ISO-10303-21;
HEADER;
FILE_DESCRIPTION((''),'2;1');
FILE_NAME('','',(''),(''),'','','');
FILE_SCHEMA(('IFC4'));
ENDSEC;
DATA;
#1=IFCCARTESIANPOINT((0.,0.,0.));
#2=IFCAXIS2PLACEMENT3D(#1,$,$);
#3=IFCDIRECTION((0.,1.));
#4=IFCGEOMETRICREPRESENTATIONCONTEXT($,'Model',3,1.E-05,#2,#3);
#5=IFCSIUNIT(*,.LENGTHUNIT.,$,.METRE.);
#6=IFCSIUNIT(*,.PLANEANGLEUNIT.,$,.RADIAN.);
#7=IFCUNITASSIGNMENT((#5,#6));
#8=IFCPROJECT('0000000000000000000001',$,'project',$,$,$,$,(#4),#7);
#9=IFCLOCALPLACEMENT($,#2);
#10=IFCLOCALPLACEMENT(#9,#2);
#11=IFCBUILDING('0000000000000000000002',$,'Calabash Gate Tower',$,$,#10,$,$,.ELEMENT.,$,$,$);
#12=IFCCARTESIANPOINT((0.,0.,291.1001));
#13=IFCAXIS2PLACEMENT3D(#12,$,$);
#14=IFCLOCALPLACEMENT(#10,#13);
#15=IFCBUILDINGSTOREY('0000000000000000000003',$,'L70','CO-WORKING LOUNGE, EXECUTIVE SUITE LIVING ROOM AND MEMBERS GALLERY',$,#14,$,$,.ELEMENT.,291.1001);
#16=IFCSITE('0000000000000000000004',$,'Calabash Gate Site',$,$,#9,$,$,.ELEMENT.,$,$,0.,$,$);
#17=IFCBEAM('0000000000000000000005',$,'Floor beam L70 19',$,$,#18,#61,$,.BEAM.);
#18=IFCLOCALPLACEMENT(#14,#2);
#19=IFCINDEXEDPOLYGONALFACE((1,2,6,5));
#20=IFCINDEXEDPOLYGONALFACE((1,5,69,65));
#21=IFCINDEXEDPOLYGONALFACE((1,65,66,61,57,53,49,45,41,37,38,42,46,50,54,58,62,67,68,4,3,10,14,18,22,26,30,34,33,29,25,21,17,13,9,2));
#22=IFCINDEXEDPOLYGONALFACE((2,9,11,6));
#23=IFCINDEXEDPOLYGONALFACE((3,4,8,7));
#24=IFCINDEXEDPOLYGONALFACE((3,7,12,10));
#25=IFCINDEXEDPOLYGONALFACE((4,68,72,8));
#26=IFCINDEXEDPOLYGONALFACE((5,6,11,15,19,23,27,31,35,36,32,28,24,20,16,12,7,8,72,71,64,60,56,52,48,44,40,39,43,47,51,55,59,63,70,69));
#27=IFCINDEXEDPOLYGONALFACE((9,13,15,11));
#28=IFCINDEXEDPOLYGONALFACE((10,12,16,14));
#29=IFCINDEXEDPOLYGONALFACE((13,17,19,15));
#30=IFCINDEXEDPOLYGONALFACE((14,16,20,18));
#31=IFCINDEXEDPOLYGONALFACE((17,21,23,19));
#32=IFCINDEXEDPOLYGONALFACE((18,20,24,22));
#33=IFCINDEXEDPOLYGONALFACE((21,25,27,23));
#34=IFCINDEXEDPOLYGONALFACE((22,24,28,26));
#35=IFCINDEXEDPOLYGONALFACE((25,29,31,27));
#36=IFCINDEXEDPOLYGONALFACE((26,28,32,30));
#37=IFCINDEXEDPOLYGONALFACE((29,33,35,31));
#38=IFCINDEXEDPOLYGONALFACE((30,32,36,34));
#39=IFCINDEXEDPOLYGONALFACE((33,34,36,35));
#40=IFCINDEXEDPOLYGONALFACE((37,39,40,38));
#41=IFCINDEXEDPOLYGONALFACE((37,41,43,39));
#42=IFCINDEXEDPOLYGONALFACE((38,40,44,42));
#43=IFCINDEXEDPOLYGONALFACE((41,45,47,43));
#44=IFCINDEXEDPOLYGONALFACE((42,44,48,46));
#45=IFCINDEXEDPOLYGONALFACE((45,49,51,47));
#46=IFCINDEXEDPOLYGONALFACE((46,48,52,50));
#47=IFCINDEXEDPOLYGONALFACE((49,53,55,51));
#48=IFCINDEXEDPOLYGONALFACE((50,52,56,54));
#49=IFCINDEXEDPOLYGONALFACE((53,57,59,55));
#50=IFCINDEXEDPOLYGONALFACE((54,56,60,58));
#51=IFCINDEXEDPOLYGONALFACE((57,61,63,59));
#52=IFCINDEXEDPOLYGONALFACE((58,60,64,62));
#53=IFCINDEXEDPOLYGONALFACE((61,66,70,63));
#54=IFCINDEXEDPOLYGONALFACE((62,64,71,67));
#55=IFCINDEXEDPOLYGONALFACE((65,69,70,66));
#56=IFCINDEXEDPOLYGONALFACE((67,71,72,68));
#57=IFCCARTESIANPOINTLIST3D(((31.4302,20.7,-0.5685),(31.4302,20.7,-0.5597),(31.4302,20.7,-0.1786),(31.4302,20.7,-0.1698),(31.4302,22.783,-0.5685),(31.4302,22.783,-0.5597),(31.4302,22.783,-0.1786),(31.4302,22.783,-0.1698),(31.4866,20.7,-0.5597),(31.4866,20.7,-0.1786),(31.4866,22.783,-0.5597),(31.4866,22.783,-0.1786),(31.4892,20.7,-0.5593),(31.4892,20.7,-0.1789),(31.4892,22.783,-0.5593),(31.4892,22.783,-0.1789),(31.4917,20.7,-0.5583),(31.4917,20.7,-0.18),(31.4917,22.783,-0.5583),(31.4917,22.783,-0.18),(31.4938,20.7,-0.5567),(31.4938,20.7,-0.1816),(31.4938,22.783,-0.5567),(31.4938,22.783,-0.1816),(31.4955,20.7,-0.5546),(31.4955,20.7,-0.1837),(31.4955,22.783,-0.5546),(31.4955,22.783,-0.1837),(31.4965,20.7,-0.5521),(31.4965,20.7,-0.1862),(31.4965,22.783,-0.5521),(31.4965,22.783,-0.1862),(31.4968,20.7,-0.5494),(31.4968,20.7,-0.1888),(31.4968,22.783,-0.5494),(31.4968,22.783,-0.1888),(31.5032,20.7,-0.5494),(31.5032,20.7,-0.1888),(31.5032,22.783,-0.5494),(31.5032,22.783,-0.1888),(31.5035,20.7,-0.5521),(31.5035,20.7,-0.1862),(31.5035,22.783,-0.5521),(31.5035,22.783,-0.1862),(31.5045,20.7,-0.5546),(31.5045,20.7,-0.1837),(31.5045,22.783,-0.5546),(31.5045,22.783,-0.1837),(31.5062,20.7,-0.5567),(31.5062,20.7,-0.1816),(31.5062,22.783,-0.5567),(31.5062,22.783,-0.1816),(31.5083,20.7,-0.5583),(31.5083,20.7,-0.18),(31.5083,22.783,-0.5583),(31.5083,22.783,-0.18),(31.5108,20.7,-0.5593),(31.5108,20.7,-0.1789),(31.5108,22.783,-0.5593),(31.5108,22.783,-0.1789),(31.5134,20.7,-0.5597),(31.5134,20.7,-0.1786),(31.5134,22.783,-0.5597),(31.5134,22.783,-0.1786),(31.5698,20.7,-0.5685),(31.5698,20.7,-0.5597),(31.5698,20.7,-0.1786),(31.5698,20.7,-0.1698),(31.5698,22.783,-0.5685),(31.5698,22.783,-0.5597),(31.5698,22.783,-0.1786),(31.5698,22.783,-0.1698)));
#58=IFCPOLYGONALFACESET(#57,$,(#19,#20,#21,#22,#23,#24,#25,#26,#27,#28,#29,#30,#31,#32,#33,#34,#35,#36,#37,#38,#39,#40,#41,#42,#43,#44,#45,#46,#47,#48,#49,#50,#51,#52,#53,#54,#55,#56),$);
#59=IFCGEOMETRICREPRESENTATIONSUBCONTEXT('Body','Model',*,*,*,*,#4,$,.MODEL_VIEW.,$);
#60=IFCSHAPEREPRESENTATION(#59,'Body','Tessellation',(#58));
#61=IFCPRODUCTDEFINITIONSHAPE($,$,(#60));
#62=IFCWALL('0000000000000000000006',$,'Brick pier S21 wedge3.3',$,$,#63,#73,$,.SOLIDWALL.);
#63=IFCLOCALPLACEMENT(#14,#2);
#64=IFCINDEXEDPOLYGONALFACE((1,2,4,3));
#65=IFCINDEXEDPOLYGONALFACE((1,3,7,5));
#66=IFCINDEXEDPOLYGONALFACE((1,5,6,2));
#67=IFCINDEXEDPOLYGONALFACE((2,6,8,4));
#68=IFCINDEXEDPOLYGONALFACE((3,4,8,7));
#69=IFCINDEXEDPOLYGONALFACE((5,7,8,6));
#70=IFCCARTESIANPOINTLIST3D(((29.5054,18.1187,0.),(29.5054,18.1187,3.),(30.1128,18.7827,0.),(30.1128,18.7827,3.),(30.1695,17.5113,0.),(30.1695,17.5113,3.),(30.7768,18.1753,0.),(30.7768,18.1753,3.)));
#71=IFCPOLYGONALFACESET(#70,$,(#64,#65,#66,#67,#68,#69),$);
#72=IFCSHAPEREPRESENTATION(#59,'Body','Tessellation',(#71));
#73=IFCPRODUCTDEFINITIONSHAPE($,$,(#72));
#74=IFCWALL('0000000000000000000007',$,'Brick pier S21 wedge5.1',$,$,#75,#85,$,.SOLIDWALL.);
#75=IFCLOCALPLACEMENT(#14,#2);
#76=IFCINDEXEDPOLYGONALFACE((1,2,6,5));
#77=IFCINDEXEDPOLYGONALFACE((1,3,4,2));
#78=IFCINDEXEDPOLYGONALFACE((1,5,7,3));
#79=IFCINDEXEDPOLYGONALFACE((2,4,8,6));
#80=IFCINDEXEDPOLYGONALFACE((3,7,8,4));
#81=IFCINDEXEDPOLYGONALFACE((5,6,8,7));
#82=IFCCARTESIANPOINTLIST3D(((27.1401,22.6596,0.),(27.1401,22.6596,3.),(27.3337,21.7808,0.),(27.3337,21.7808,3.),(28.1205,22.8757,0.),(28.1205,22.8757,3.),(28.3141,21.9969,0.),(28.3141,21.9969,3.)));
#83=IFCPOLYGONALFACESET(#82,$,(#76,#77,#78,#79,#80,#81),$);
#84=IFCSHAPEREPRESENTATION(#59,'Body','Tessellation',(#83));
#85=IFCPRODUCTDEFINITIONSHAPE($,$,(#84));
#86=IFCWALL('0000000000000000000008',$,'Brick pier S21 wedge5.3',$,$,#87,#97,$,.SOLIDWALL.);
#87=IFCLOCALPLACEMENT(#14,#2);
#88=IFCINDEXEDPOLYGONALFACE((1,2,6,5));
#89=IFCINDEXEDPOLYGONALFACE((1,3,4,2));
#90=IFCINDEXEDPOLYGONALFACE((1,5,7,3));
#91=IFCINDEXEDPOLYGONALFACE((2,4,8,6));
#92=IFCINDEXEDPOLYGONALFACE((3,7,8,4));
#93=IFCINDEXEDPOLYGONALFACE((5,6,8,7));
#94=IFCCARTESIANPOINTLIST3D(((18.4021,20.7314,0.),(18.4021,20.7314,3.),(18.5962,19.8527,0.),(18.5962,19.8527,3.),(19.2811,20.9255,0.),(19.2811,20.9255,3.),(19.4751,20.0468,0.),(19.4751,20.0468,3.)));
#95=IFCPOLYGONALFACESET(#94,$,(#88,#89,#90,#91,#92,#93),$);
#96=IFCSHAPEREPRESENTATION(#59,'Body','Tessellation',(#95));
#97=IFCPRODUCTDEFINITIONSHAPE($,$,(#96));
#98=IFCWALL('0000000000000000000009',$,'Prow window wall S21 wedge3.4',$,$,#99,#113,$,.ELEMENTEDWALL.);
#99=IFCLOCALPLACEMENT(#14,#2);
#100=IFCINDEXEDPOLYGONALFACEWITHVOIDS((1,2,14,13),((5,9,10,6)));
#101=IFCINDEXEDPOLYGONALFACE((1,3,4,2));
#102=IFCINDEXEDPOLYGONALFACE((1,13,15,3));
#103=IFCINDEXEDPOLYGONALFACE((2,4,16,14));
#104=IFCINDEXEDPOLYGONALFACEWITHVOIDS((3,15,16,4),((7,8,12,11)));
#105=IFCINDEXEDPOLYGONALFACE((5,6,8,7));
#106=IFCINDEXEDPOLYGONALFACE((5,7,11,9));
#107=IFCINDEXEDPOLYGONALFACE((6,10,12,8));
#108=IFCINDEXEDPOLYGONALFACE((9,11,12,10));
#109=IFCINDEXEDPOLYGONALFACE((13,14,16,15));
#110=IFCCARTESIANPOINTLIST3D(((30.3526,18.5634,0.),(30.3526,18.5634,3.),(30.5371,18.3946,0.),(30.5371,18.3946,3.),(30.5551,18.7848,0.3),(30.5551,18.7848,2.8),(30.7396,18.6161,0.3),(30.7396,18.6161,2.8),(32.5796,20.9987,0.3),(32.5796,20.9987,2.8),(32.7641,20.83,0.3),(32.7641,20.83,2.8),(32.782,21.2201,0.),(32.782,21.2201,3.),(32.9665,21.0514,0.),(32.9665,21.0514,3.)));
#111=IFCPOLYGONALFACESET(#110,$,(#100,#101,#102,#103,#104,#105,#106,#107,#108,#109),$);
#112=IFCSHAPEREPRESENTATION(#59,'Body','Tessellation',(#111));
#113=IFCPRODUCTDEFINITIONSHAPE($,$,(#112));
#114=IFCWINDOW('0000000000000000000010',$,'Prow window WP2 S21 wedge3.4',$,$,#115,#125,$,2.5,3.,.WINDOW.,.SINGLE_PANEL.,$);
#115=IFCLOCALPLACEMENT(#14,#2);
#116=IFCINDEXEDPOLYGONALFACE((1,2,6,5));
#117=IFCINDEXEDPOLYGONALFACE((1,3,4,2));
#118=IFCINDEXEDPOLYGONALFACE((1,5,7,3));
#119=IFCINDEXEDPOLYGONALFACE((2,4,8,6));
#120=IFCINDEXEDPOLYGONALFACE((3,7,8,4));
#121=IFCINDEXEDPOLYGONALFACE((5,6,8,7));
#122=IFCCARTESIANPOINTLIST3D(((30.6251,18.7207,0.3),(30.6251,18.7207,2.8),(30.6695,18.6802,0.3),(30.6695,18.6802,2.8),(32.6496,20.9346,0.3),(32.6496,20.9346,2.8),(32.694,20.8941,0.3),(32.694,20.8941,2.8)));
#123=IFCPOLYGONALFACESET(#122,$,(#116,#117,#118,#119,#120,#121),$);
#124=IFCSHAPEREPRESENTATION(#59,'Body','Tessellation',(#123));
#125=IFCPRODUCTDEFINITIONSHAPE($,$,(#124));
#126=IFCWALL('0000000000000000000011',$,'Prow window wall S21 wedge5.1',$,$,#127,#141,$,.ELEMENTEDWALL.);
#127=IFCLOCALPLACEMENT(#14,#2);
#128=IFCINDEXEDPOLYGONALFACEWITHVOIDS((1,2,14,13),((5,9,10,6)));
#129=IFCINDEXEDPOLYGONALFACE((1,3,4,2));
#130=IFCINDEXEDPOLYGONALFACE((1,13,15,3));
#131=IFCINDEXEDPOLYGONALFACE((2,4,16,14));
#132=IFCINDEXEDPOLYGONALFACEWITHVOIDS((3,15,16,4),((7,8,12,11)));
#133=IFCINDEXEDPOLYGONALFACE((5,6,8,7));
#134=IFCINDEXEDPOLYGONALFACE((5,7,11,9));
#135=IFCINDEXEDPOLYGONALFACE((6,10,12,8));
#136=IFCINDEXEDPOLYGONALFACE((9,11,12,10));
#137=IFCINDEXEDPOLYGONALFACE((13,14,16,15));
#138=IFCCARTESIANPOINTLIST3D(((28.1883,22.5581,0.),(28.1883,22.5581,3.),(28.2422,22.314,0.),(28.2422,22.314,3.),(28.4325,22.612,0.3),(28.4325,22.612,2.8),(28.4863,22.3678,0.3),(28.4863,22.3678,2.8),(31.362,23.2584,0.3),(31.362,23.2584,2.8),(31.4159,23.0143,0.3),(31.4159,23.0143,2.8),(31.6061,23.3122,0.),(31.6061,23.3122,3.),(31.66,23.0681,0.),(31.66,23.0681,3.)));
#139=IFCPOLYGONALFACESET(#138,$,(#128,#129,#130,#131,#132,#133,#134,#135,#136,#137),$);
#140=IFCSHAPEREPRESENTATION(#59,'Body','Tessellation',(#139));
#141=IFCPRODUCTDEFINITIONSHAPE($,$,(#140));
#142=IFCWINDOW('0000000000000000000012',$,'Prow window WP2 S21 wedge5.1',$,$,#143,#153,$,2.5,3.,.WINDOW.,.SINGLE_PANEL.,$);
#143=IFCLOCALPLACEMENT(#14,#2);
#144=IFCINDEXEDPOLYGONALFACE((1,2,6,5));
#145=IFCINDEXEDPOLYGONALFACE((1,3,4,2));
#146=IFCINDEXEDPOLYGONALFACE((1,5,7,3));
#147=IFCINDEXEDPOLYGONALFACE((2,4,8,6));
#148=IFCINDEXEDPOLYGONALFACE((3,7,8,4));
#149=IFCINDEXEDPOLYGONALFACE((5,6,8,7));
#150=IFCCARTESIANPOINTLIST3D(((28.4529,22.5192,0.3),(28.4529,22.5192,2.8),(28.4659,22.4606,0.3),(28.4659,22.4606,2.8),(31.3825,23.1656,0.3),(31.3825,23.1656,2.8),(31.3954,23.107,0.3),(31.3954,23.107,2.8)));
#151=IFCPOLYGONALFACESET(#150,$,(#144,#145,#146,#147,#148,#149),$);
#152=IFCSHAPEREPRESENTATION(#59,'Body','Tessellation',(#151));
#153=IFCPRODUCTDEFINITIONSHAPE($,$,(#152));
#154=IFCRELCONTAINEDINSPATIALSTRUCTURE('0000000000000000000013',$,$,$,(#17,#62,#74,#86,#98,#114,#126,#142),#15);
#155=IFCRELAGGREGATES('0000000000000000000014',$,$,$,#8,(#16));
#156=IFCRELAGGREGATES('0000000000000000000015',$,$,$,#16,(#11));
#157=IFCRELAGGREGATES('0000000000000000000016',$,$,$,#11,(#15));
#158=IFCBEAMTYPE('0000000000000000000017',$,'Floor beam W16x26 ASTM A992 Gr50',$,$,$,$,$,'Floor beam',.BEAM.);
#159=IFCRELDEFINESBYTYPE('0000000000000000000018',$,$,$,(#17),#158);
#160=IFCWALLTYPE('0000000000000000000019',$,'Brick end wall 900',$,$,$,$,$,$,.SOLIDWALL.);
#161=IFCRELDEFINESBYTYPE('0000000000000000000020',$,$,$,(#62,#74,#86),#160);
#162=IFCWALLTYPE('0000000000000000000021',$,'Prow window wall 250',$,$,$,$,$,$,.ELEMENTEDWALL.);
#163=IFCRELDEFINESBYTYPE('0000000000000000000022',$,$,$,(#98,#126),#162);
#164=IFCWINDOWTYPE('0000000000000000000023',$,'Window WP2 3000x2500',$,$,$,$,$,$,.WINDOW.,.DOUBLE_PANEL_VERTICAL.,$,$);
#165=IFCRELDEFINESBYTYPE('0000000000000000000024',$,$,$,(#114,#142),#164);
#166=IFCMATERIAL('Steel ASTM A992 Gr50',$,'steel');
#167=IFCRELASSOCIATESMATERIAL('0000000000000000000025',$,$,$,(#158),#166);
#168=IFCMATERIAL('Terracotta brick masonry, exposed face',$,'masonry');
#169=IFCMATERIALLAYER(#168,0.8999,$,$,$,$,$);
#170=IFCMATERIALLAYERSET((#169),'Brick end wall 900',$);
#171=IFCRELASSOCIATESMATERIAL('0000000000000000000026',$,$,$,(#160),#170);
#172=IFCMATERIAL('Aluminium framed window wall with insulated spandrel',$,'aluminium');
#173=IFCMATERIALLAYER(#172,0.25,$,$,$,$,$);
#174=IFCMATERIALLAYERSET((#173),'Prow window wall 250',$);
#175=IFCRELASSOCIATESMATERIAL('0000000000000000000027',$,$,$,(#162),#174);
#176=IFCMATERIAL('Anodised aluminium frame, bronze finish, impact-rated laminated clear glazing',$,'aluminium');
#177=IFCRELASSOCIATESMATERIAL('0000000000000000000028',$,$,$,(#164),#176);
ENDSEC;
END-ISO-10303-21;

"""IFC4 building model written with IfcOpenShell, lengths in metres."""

from ifc_helpers import new_model, si_unit, direction, frame, frame_2d, origin, origin_2d, place, context, subcontext, project, spatial, rectangle, i_section, extrude, material, layer, layer_set, material_profile, profile_set, type_object, element, fill, save


model = new_model("IFC4")

# Units and contexts
model_context = context("Model", 3, precision=1e-05, world=origin(), true_north=direction((0.0, 1.0)))
body_context = subcontext(model_context, "Body", "Model", "MODEL_VIEW")
ifc_project = project(units=[si_unit("LENGTHUNIT", "METRE"), si_unit("PLANEANGLEUNIT", "RADIAN")], contexts=[model_context])

# Site, building, storey
site_placement = place(None, origin())
site = spatial("IfcSite", under=ifc_project, at=site_placement, Name="Calabash Gate Site", CompositionType="ELEMENT", RefElevation=0.0)
building_placement = place(site_placement, origin())
building = spatial("IfcBuilding", under=site, at=building_placement, Name="Calabash Gate Tower", CompositionType="ELEMENT")
storey_placement = place(building_placement, frame((0.0, 0.0, 291.1001)))
storey = spatial("IfcBuildingStorey", under=building, at=storey_placement, Name="L70", Description="CO-WORKING LOUNGE, EXECUTIVE SUITE LIVING ROOM AND MEMBERS GALLERY", CompositionType="ELEMENT", Elevation=291.1001)

# Beam
ifc_material_1 = material(Name="Steel ASTM A992 Gr50", Category="steel")
ifc_material_profile_1 = material_profile(ifc_material_1, i_section(OverallWidth=0.1396, OverallDepth=0.3987, WebThickness=0.0063, FlangeThickness=0.0088, FilletRadius=0.0103, at=origin_2d()))
ifc_profile_set_1 = profile_set([ifc_material_profile_1], Name="Steel ASTM A992 Gr50")
beam_type_1 = type_object("IfcBeamType", Name="Floor beam W16x26 ASTM A992 Gr50", ElementType="Floor beam", PredefinedType="BEAM", material=ifc_profile_set_1)
beam_1_placement = place(storey_placement, frame((31.5, 20.7, -0.3691), z_axis=(0.0, 1.0, 0.0), x_axis=(-1.0, 0.0, 0.0)))
element("IfcBeam", 1, at=beam_1_placement, inside=storey, type_object=beam_type_1, Name="Floor beam L70 19", PredefinedType="BEAM", context=body_context, shape_type="SweptSolid", body=[
    extrude(i_section(OverallWidth=0.1396, OverallDepth=0.3987, WebThickness=0.0063, FlangeThickness=0.0088, FilletRadius=0.0103, at=origin_2d()), origin(), (0.0, 0.0, 1.0), 2.083),
])

# Walls
ifc_material_2 = material(Name="Terracotta brick masonry, exposed face", Category="masonry")
ifc_layer_1 = layer(ifc_material_2, 0.8999)
ifc_layer_set_1 = layer_set([ifc_layer_1], Name="Brick end wall 900")
wall_type_1 = type_object("IfcWallType", Name="Brick end wall 900", PredefinedType="SOLIDWALL", material=ifc_layer_set_1)
wall_1_placement = place(storey_placement, frame((30.4448, 18.479, 0.0), z_axis=(0.0, 0.0, 1.0), x_axis=(-0.674938, -0.737874, 0.0)))
element("IfcWall", 2, at=wall_1_placement, inside=storey, type_object=wall_type_1, Name="Brick pier S21 wedge3.3", PredefinedType="SOLIDWALL", context=body_context, shape_type="SweptSolid", body=[
    extrude(rectangle(XDim=0.8999, YDim=0.8999, at=frame_2d((0.45, 0.0))), origin(), (0.0, 0.0, 1.0), 3.0),
])
wall_2_placement = place(storey_placement, frame((28.2173, 22.4363, 0.0), z_axis=(0.0, 0.0, 1.0), x_axis=(-0.976569, -0.215205, 0.0)))
element("IfcWall", 3, at=wall_2_placement, inside=storey, type_object=wall_type_1, Name="Brick pier S21 wedge5.1", PredefinedType="SOLIDWALL", context=body_context, shape_type="SweptSolid", body=[
    extrude(rectangle(XDim=1.0039, YDim=0.8999, at=frame_2d((0.502, 0.0))), origin(), (0.0, 0.0, 1.0), 3.0),
])
wall_3_placement = place(storey_placement, frame((18.499, 20.292, 0.0), z_axis=(0.0, 0.0, 1.0), x_axis=(0.976473, 0.215638, 0.0)))
element("IfcWall", 4, at=wall_3_placement, inside=storey, type_object=wall_type_1, Name="Brick pier S21 wedge5.3", PredefinedType="SOLIDWALL", context=body_context, shape_type="SweptSolid", body=[
    extrude(rectangle(XDim=0.9001, YDim=0.8999, at=frame_2d((0.4502, 0.0))), origin(), (0.0, 0.0, 1.0), 3.0),
])

# Walls, openings, windows
ifc_material_3 = material(Name="Aluminium framed window wall with insulated spandrel", Category="aluminium")
ifc_layer_2 = layer(ifc_material_3, 0.25)
ifc_layer_set_2 = layer_set([ifc_layer_2], Name="Prow window wall 250")
wall_type_2 = type_object("IfcWallType", Name="Prow window wall 250", PredefinedType="ELEMENTEDWALL", material=ifc_layer_set_2)
wall_4_placement = place(storey_placement, frame((30.4448, 18.479, 0.0), z_axis=(0.0, 0.0, 1.0), x_axis=(0.674834, 0.73797, 0.0)))
wall_4 = element("IfcWall", 5, at=wall_4_placement, inside=storey, type_object=wall_type_2, Name="Prow window wall S21 wedge3.4", PredefinedType="ELEMENTEDWALL", context=body_context, shape_type="SweptSolid", body=[
    extrude(rectangle(XDim=3.6001, YDim=0.25, at=frame_2d((1.8, 0.0))), origin(), (0.0, 0.0, 1.0), 3.0),
])
opening_1_placement = place(wall_4_placement, frame((0.3, 0.0, 0.3)))
opening_1 = element("IfcOpeningElement", 6, at=opening_1_placement, cuts=wall_4, PredefinedType="OPENING", context=body_context, shape_type="SweptSolid", body=[
    extrude(rectangle(XDim=3.0, YDim=2.5, at=frame_2d((1.5, 1.25))), frame((0.0, 0.135, 0.0), z_axis=(0.0, -1.0, 0.0), x_axis=(1.0, 0.0, 0.0)), (0.0, 0.0, 1.0), 0.27),
])
ifc_material_4 = material(Name="Anodised aluminium frame, bronze finish, impact-rated laminated clear glazing", Category="aluminium")
window_type = type_object("IfcWindowType", Name="Window WP2 3000x2500", PartitioningType="DOUBLE_PANEL_VERTICAL", PredefinedType="WINDOW", material=ifc_material_4)
window_1_placement = place(opening_1_placement, origin())
window_1 = element("IfcWindow", 7, at=window_1_placement, inside=storey, type_object=window_type, Name="Prow window WP2 S21 wedge3.4", OverallHeight=2.5, OverallWidth=3.0, PartitioningType="SINGLE_PANEL", PredefinedType="WINDOW", context=body_context, shape_type="SweptSolid", body=[
    extrude(rectangle(XDim=3.0, YDim=2.5, at=frame_2d((1.5, 1.25))), frame((0.0, 0.03, 0.0), z_axis=(0.0, -1.0, 0.0), x_axis=(1.0, 0.0, 0.0)), (0.0, 0.0, 1.0), 0.0601),
])
fill(opening_1, window_1)
wall_5_placement = place(storey_placement, frame((31.6331, 23.1902, 0.0), z_axis=(0.0, 0.0, 1.0), x_axis=(-0.976509, -0.215475, 0.0)))
wall_5 = element("IfcWall", 8, at=wall_5_placement, inside=storey, type_object=wall_type_2, Name="Prow window wall S21 wedge5.1", PredefinedType="ELEMENTEDWALL", context=body_context, shape_type="SweptSolid", body=[
    extrude(rectangle(XDim=3.5, YDim=0.25, at=frame_2d((1.75, 0.0))), origin(), (0.0, 0.0, 1.0), 3.0),
])
opening_2_placement = place(wall_5_placement, frame((0.25, 0.0, 0.3)))
opening_2 = element("IfcOpeningElement", 9, at=opening_2_placement, cuts=wall_5, PredefinedType="OPENING", context=body_context, shape_type="SweptSolid", body=[
    extrude(rectangle(XDim=3.0, YDim=2.5, at=frame_2d((1.5, 1.25))), frame((0.0, 0.135, 0.0), z_axis=(0.0, -1.0, 0.0), x_axis=(1.0, 0.0, 0.0)), (0.0, 0.0, 1.0), 0.27),
])
window_2_placement = place(opening_2_placement, origin())
window_2 = element("IfcWindow", 10, at=window_2_placement, inside=storey, type_object=window_type, Name="Prow window WP2 S21 wedge5.1", OverallHeight=2.5, OverallWidth=3.0, PartitioningType="SINGLE_PANEL", PredefinedType="WINDOW", context=body_context, shape_type="SweptSolid", body=[
    extrude(rectangle(XDim=3.0, YDim=2.5, at=frame_2d((1.5, 1.25))), frame((0.0, 0.03, 0.0), z_axis=(0.0, -1.0, 0.0), x_axis=(1.0, 0.0, 0.0)), (0.0, 0.0, 1.0), 0.0601),
])
fill(opening_2, window_2)

save(model, "model.ifc")
